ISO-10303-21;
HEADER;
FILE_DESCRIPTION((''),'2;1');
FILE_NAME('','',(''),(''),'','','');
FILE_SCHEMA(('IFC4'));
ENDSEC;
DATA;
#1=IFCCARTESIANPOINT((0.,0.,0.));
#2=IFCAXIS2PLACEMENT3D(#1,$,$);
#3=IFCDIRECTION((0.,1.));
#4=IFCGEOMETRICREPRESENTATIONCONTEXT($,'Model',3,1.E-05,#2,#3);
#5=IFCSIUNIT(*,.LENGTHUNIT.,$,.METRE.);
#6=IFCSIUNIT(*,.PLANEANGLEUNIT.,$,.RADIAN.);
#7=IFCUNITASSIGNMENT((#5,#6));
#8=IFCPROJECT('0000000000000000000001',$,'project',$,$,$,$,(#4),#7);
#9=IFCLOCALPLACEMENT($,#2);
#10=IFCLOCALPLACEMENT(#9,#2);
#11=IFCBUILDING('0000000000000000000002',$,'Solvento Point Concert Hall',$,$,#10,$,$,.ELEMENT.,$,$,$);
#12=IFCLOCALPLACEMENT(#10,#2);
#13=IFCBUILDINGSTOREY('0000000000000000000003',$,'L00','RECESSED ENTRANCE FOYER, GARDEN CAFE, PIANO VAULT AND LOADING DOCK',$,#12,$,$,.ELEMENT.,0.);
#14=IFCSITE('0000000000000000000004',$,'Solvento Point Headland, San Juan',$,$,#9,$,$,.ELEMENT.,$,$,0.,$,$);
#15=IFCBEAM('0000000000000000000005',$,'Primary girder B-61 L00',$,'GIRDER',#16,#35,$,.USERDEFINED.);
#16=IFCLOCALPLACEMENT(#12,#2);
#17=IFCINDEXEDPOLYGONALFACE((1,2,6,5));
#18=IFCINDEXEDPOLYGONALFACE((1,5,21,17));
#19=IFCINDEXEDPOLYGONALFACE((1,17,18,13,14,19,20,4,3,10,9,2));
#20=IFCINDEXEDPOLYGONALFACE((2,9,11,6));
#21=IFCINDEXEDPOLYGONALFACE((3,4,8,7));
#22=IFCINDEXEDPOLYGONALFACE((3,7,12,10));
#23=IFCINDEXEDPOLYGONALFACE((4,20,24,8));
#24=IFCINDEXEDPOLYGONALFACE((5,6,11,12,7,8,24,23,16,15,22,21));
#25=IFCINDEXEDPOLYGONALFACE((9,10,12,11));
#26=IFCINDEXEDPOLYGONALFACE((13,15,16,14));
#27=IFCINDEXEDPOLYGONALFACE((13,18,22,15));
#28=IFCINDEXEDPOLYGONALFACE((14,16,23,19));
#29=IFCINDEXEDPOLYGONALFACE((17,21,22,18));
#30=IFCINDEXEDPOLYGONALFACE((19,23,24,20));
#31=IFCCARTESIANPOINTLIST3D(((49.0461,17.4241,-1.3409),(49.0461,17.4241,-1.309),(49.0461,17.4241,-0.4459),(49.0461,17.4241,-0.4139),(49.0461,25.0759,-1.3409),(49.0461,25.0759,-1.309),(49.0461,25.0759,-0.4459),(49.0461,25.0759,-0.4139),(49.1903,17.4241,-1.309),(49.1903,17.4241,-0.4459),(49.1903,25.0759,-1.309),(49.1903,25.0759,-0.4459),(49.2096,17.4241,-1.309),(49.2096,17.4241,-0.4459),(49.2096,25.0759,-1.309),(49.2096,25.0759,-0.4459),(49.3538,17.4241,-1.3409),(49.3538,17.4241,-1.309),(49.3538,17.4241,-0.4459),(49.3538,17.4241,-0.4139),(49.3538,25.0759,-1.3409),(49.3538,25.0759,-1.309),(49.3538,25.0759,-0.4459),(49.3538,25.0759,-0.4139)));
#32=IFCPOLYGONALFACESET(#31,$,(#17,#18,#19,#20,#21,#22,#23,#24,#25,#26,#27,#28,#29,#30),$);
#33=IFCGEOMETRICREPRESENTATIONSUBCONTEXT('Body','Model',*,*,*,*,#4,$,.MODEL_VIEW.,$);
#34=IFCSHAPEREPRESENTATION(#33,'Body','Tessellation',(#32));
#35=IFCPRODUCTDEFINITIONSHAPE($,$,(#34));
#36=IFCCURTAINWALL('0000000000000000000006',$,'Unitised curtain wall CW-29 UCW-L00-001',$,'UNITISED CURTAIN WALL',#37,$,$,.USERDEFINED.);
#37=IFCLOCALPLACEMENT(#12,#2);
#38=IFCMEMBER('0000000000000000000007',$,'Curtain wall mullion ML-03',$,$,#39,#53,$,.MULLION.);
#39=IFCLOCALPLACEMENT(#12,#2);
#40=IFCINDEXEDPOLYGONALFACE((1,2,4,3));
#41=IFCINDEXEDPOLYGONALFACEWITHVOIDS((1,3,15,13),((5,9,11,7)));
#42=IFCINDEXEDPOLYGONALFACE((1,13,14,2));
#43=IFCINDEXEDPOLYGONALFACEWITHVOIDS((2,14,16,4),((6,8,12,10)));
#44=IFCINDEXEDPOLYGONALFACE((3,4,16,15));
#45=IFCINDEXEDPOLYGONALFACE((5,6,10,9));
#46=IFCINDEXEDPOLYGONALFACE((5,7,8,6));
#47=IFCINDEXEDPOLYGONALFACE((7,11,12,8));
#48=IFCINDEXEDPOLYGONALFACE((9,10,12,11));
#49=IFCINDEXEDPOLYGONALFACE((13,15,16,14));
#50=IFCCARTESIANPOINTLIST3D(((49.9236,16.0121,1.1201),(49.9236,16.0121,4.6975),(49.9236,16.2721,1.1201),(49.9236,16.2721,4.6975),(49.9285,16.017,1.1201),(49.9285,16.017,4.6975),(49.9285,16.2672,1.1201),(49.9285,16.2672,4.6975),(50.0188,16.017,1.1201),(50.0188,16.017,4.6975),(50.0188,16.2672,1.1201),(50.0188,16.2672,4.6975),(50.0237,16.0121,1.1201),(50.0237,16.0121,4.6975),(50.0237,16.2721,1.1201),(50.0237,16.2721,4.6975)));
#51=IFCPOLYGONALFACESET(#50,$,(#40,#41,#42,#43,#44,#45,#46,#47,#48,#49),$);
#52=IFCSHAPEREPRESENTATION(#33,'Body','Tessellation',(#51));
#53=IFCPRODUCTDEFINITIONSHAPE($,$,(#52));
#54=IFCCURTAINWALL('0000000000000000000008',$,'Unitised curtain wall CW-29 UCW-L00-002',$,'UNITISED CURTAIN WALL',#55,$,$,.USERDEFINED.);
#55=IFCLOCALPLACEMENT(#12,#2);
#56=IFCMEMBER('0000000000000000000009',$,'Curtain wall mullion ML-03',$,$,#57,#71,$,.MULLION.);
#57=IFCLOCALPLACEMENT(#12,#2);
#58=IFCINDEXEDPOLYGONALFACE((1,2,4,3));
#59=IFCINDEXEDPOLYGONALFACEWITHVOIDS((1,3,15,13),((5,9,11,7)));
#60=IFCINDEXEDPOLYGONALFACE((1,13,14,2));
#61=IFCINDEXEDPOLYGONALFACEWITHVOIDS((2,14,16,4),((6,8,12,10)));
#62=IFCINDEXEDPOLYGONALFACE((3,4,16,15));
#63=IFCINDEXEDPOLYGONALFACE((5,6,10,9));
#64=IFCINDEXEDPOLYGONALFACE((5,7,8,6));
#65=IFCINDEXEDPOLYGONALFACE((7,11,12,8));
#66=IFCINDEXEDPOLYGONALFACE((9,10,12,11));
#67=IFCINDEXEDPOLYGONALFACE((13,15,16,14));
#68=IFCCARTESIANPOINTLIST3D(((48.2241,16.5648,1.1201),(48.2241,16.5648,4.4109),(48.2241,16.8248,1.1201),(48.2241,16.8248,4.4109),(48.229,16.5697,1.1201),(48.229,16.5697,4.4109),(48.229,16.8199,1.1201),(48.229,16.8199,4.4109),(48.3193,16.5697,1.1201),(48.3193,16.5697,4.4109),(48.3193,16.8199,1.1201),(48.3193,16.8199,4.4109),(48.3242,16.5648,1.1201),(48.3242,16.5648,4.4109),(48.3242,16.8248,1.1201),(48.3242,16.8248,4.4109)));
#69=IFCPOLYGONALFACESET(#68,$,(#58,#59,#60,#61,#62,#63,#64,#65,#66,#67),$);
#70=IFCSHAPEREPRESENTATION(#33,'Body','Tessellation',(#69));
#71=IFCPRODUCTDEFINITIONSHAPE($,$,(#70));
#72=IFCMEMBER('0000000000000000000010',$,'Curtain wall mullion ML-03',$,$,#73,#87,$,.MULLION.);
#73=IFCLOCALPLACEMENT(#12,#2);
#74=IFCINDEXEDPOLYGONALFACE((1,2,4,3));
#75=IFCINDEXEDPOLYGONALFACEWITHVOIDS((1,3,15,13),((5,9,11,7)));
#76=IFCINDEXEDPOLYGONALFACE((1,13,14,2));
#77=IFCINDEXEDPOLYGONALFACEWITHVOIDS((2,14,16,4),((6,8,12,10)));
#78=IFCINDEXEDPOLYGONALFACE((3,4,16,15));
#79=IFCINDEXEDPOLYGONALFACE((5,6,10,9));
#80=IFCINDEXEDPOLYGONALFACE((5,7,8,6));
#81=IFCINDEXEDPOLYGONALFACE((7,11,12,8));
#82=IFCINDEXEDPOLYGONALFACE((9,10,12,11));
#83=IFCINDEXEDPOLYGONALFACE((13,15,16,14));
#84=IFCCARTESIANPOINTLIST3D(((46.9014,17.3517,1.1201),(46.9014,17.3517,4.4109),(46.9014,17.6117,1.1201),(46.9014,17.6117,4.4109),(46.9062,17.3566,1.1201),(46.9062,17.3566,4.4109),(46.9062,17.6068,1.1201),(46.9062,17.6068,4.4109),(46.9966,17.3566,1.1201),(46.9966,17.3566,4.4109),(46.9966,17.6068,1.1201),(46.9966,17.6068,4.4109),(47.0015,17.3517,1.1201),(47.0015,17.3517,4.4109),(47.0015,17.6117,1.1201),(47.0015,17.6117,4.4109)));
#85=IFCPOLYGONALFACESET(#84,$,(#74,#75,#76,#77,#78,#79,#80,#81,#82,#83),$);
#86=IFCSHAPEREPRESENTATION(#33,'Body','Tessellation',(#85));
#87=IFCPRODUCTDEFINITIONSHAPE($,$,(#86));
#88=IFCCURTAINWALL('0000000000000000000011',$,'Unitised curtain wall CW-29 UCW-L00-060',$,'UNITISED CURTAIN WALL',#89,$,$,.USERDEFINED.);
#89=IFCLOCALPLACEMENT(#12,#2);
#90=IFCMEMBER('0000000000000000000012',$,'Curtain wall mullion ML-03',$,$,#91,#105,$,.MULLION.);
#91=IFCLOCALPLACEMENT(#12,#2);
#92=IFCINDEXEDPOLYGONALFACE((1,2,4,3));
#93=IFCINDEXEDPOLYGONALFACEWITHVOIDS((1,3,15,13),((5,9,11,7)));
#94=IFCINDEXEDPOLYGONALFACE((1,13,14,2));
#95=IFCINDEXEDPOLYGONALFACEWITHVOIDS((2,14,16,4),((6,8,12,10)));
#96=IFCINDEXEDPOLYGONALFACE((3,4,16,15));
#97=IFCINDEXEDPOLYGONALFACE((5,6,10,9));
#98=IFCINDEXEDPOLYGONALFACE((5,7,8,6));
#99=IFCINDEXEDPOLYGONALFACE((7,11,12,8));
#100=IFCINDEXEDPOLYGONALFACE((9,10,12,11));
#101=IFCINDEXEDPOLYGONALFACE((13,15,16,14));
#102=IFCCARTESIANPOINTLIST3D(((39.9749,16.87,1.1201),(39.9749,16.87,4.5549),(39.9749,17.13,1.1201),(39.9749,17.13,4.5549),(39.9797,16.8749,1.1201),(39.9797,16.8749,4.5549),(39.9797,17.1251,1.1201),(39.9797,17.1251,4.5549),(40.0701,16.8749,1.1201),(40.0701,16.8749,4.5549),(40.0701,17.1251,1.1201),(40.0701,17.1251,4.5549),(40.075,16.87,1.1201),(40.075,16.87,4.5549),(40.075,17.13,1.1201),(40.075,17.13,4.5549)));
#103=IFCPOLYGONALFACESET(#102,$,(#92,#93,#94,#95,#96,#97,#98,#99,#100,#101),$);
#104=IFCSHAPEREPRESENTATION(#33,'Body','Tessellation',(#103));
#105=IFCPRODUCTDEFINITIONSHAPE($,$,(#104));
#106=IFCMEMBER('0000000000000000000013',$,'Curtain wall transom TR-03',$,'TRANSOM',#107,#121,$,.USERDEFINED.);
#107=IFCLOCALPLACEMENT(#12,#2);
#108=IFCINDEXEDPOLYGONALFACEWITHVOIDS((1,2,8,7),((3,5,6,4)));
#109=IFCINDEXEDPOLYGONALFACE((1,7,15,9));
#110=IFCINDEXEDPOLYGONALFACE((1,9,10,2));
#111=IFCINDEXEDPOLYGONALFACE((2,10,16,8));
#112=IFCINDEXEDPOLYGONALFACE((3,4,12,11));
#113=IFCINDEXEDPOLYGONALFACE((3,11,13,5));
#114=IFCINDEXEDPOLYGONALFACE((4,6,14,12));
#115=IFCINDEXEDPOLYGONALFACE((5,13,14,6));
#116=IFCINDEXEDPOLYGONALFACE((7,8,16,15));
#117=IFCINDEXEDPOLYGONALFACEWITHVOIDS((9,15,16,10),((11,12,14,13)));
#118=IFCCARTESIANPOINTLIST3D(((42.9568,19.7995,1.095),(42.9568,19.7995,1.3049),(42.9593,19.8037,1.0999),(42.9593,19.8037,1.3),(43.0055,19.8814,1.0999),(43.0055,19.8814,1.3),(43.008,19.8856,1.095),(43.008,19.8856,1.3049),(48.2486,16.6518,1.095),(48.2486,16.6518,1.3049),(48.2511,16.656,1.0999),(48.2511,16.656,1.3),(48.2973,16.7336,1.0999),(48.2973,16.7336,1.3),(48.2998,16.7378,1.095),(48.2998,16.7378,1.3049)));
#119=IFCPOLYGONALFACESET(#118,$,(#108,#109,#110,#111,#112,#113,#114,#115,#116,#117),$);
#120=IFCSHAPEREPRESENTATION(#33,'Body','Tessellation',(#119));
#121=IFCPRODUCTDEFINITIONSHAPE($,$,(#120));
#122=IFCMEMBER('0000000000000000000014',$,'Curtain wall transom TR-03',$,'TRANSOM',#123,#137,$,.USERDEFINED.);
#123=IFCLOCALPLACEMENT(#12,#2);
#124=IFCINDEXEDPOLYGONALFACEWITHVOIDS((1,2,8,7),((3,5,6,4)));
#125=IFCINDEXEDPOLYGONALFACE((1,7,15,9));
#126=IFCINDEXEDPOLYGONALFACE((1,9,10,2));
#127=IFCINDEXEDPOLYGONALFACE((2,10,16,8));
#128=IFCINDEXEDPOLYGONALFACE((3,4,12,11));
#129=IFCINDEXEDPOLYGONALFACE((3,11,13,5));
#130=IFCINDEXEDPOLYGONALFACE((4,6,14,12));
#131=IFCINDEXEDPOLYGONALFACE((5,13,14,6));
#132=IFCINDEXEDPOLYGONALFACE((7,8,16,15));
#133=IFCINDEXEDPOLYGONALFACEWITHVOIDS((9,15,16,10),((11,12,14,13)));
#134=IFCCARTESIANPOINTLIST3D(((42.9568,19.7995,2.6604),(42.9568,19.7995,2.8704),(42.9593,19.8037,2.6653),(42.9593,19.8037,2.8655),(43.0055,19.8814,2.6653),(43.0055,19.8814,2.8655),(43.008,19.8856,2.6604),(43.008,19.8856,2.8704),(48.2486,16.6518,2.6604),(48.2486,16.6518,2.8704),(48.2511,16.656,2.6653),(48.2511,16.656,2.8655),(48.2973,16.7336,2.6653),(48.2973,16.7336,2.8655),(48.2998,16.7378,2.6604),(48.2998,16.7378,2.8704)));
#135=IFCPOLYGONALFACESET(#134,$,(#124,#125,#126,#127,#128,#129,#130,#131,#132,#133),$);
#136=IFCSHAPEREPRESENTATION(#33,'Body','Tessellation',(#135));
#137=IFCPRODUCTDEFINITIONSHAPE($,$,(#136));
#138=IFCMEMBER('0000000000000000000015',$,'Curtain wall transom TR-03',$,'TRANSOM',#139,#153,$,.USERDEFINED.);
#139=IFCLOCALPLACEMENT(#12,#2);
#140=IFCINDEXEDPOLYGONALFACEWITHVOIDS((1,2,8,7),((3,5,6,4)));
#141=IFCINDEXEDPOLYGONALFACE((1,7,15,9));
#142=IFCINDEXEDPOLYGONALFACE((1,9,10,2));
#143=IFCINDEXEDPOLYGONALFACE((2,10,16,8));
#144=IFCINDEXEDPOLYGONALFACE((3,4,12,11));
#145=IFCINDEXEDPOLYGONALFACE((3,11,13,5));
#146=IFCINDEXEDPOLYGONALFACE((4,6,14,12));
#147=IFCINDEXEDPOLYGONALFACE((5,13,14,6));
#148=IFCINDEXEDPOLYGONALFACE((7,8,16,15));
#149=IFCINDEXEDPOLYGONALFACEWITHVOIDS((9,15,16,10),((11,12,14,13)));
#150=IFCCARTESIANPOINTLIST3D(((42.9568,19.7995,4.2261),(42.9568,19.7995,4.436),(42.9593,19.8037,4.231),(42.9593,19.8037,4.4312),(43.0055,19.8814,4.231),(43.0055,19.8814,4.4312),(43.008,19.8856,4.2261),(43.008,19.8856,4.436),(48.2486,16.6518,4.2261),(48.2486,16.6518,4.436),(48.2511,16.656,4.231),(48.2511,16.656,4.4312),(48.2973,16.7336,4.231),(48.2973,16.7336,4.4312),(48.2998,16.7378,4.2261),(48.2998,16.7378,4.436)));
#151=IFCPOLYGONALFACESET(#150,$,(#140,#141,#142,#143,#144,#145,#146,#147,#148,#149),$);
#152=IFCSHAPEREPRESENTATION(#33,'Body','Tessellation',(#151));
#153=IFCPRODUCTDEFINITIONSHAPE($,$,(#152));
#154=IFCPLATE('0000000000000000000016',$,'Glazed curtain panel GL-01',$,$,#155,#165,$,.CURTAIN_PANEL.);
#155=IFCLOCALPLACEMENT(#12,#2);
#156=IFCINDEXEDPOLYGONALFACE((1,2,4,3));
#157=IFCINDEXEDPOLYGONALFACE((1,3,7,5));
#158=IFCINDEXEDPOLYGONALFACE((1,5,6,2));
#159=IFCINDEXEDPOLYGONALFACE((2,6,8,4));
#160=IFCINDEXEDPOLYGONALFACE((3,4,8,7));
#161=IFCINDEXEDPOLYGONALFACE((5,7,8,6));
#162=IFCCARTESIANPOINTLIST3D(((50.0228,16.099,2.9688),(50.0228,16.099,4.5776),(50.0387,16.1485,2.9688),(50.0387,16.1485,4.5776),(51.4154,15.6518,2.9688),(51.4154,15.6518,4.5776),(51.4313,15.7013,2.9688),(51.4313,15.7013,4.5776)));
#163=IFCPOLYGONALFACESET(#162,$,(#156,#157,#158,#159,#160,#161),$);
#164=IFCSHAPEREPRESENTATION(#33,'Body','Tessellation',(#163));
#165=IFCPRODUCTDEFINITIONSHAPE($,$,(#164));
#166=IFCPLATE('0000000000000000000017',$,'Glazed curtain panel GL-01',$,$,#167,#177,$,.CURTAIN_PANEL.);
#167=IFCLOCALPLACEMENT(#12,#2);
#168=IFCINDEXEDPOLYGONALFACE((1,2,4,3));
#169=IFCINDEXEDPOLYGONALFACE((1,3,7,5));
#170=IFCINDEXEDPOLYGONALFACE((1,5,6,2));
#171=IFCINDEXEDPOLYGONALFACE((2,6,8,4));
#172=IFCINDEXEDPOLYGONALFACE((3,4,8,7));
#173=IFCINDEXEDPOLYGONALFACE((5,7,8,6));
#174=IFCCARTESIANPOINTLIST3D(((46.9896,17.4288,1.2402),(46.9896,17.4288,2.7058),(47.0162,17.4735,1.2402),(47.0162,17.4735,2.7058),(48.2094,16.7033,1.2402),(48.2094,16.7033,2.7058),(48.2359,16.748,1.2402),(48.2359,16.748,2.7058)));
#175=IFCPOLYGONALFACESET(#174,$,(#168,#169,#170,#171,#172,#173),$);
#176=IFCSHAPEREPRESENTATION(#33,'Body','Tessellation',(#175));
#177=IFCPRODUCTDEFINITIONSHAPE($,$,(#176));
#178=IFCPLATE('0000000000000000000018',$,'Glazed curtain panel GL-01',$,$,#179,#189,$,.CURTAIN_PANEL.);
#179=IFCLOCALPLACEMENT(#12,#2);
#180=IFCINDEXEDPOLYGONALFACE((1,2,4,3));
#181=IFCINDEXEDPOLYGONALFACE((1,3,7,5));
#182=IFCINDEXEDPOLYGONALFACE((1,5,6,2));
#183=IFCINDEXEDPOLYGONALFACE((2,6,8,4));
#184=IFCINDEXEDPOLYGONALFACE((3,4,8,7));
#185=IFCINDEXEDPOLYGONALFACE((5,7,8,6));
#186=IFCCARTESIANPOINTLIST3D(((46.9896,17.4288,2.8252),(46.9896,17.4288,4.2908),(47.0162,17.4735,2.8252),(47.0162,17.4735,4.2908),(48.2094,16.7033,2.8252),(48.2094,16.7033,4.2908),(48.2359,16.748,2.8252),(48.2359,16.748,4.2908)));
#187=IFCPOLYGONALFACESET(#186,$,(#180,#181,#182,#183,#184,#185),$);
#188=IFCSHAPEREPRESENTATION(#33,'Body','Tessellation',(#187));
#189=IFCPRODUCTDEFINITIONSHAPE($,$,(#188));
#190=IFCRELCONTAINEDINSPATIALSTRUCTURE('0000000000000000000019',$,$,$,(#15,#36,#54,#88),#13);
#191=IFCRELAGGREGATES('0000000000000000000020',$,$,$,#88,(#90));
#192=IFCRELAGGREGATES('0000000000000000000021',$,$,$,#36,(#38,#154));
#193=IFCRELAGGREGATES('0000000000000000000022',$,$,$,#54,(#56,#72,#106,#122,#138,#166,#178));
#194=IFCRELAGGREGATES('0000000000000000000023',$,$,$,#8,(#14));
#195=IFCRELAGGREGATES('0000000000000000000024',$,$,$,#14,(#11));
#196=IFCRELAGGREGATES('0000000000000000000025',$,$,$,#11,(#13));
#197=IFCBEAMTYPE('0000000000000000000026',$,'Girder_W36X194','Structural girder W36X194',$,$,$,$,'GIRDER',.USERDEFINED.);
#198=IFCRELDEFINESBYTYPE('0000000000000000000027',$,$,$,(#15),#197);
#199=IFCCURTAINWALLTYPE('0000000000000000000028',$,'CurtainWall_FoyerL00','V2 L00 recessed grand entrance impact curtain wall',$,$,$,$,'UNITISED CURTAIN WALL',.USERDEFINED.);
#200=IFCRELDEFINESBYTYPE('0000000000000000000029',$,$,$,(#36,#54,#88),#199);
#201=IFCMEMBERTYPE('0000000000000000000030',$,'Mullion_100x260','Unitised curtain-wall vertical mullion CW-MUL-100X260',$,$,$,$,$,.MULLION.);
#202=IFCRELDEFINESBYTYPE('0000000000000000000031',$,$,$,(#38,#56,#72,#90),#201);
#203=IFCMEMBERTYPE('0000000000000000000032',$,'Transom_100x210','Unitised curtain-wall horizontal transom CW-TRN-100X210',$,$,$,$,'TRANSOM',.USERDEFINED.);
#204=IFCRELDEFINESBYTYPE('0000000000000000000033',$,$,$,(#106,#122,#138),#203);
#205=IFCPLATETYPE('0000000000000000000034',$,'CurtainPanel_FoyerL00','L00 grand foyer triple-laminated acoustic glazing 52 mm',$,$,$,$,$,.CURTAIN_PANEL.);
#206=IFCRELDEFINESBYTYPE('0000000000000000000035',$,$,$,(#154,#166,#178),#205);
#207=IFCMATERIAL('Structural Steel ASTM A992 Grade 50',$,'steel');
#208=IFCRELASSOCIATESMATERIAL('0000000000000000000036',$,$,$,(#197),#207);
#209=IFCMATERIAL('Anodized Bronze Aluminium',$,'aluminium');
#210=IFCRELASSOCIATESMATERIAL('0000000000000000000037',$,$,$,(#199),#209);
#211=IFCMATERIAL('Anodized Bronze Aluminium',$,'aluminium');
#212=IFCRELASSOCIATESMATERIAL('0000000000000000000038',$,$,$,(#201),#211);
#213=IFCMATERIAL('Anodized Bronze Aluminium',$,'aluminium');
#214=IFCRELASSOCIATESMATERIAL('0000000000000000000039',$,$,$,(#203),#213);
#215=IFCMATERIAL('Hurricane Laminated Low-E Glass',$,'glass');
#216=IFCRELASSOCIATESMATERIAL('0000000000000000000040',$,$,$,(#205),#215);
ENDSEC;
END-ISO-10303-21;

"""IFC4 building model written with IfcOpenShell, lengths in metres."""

from ifc_helpers import new_model, si_unit, direction, frame, origin, origin_2d, place, context, subcontext, project, spatial, rectangle, hollow_rectangle, i_section, extrude, material, material_profile, profile_set, type_object, element, aggregate, save


model = new_model("IFC4")

# Units and contexts
model_context = context("Model", 3, precision=1e-05, world=origin(), true_north=direction((0.0, 1.0)))
body_context = subcontext(model_context, "Body", "Model", "MODEL_VIEW")
ifc_project = project(units=[si_unit("LENGTHUNIT", "METRE"), si_unit("PLANEANGLEUNIT", "RADIAN")], contexts=[model_context])

# Site, building, storey
site_placement = place(None, origin())
site = spatial("IfcSite", under=ifc_project, at=site_placement, Name="Solvento Point Headland, San Juan", CompositionType="ELEMENT", RefElevation=0.0)
building_placement = place(site_placement, origin())
building = spatial("IfcBuilding", under=site, at=building_placement, Name="Solvento Point Concert Hall", CompositionType="ELEMENT")
storey_placement = place(building_placement, origin())
storey = spatial("IfcBuildingStorey", under=building, at=storey_placement, Name="L00", Description="RECESSED ENTRANCE FOYER, GARDEN CAFE, PIANO VAULT AND LOADING DOCK", CompositionType="ELEMENT", Elevation=0.0)

# Beam
ifc_material_1 = material(Name="Structural Steel ASTM A992 Grade 50", Category="steel")
ifc_material_profile_1 = material_profile(ifc_material_1, i_section(OverallWidth=0.3076, OverallDepth=0.927, WebThickness=0.0193, FlangeThickness=0.032, at=origin_2d()), Name="W36X194")
ifc_profile_set_1 = profile_set([ifc_material_profile_1], Name="Structural Steel ASTM A992 Grade 50")
beam_type_1 = type_object("IfcBeamType", Name="Girder_W36X194", Description="Structural girder W36X194", ElementType="GIRDER", PredefinedType="USERDEFINED", material=ifc_profile_set_1)
beam_1_placement = place(storey_placement, frame((49.2, 17.4241, -0.8774), z_axis=(0.0, 1.0, 0.0), x_axis=(-1.0, 0.0, 0.0)))
element("IfcBeam", 1, at=beam_1_placement, inside=storey, type_object=beam_type_1, Name="Primary girder B-61 L00", ObjectType="GIRDER", PredefinedType="USERDEFINED", context=body_context, shape_type="SweptSolid", body=[
    extrude(i_section(OverallWidth=0.3076, OverallDepth=0.927, WebThickness=0.0193, FlangeThickness=0.032, at=origin_2d()), origin(), (0.0, 0.0, 1.0), 7.6519),
])

# Curtain wall, member
ifc_material_2 = material(Name="Anodized Bronze Aluminium", Category="aluminium")
curtain_wall_type = type_object("IfcCurtainWallType", Name="CurtainWall_FoyerL00", Description="V2 L00 recessed grand entrance impact curtain wall", ElementType="UNITISED CURTAIN WALL", PredefinedType="USERDEFINED", material=ifc_material_2)
curtain_wall_1_placement = place(storey_placement, origin())
curtain_wall_1 = element("IfcCurtainWall", 2, at=curtain_wall_1_placement, inside=storey, type_object=curtain_wall_type, Name="Unitised curtain wall CW-29 UCW-L00-001", ObjectType="UNITISED CURTAIN WALL", PredefinedType="USERDEFINED")
ifc_material_3 = material(Name="Anodized Bronze Aluminium", Category="aluminium")
ifc_material_profile_2 = material_profile(ifc_material_3, hollow_rectangle(XDim=0.1001, YDim=0.26, WallThickness=0.0049, at=origin_2d()), Name="CW-MUL-100X260")
ifc_profile_set_2 = profile_set([ifc_material_profile_2], Name="Anodized Bronze Aluminium")
member_type_1 = type_object("IfcMemberType", Name="Mullion_100x260", Description="Unitised curtain-wall vertical mullion CW-MUL-100X260", PredefinedType="MULLION", material=ifc_profile_set_2)
member_1_placement = place(storey_placement, frame((49.9736, 16.1421, 1.1201), z_axis=(0.0, 0.0, 1.0), x_axis=(1.0, 0.0, 0.0)))
member_1 = element("IfcMember", 3, at=member_1_placement, type_object=member_type_1, Name="Curtain wall mullion ML-03", PredefinedType="MULLION", context=body_context, shape_type="SweptSolid", body=[
    extrude(hollow_rectangle(XDim=0.1001, YDim=0.26, WallThickness=0.0049, at=origin_2d()), origin(), (0.0, 0.0, 1.0), 3.5774),
])

# Curtain wall, members
curtain_wall_2_placement = place(storey_placement, origin())
curtain_wall_2 = element("IfcCurtainWall", 4, at=curtain_wall_2_placement, inside=storey, type_object=curtain_wall_type, Name="Unitised curtain wall CW-29 UCW-L00-002", ObjectType="UNITISED CURTAIN WALL", PredefinedType="USERDEFINED")
member_2_placement = place(storey_placement, frame((48.2742, 16.6948, 1.1201), z_axis=(0.0, 0.0, 1.0), x_axis=(1.0, 0.0, 0.0)))
member_2 = element("IfcMember", 5, at=member_2_placement, type_object=member_type_1, Name="Curtain wall mullion ML-03", PredefinedType="MULLION", context=body_context, shape_type="SweptSolid", body=[
    extrude(hollow_rectangle(XDim=0.1001, YDim=0.26, WallThickness=0.0049, at=origin_2d()), origin(), (0.0, 0.0, 1.0), 3.2908),
])
member_3_placement = place(storey_placement, frame((46.9514, 17.4817, 1.1201), z_axis=(0.0, 0.0, 1.0), x_axis=(1.0, 0.0, 0.0)))
member_3 = element("IfcMember", 6, at=member_3_placement, type_object=member_type_1, Name="Curtain wall mullion ML-03", PredefinedType="MULLION", context=body_context, shape_type="SweptSolid", body=[
    extrude(hollow_rectangle(XDim=0.1001, YDim=0.26, WallThickness=0.0049, at=origin_2d()), origin(), (0.0, 0.0, 1.0), 3.2908),
])

# Curtain wall, member
curtain_wall_3_placement = place(storey_placement, origin())
curtain_wall_3 = element("IfcCurtainWall", 7, at=curtain_wall_3_placement, inside=storey, type_object=curtain_wall_type, Name="Unitised curtain wall CW-29 UCW-L00-060", ObjectType="UNITISED CURTAIN WALL", PredefinedType="USERDEFINED")
member_4_placement = place(storey_placement, frame((40.0249, 17.0, 1.1201), z_axis=(0.0, 0.0, 1.0), x_axis=(1.0, 0.0, 0.0)))
member_4 = element("IfcMember", 8, at=member_4_placement, type_object=member_type_1, Name="Curtain wall mullion ML-03", PredefinedType="MULLION", context=body_context, shape_type="SweptSolid", body=[
    extrude(hollow_rectangle(XDim=0.1001, YDim=0.26, WallThickness=0.0049, at=origin_2d()), origin(), (0.0, 0.0, 1.0), 3.4348),
])
aggregate(curtain_wall_3, [member_4])

# Members
ifc_material_4 = material(Name="Anodized Bronze Aluminium", Category="aluminium")
ifc_material_profile_3 = material_profile(ifc_material_4, hollow_rectangle(XDim=0.1001, YDim=0.21, WallThickness=0.0049, at=origin_2d()), Name="CW-TRN-100X210")
ifc_profile_set_3 = profile_set([ifc_material_profile_3], Name="Anodized Bronze Aluminium")
member_type_2 = type_object("IfcMemberType", Name="Transom_100x210", Description="Unitised curtain-wall horizontal transom CW-TRN-100X210", ElementType="TRANSOM", PredefinedType="USERDEFINED", material=ifc_profile_set_3)
member_5_placement = place(storey_placement, frame((48.2742, 16.6948, 1.2), z_axis=(-0.859446, 0.511227, 0.0), x_axis=(-0.511227, -0.859446, 0.0)))
member_5 = element("IfcMember", 9, at=member_5_placement, type_object=member_type_2, Name="Curtain wall transom TR-03", ObjectType="TRANSOM", PredefinedType="USERDEFINED", context=body_context, shape_type="SweptSolid", body=[
    extrude(hollow_rectangle(XDim=0.1001, YDim=0.21, WallThickness=0.0049, at=origin_2d()), origin(), (0.0, 0.0, 1.0), 6.1572),
])
member_6_placement = place(storey_placement, frame((48.2742, 16.6948, 2.7654), z_axis=(-0.859446, 0.511227, 0.0), x_axis=(-0.511227, -0.859446, 0.0)))
member_6 = element("IfcMember", 10, at=member_6_placement, type_object=member_type_2, Name="Curtain wall transom TR-03", ObjectType="TRANSOM", PredefinedType="USERDEFINED", context=body_context, shape_type="SweptSolid", body=[
    extrude(hollow_rectangle(XDim=0.1001, YDim=0.21, WallThickness=0.0049, at=origin_2d()), origin(), (0.0, 0.0, 1.0), 6.1572),
])
member_7_placement = place(storey_placement, frame((48.2742, 16.6948, 4.3311), z_axis=(-0.859446, 0.511227, 0.0), x_axis=(-0.511227, -0.859446, 0.0)))
member_7 = element("IfcMember", 11, at=member_7_placement, type_object=member_type_2, Name="Curtain wall transom TR-03", ObjectType="TRANSOM", PredefinedType="USERDEFINED", context=body_context, shape_type="SweptSolid", body=[
    extrude(hollow_rectangle(XDim=0.1001, YDim=0.21, WallThickness=0.0049, at=origin_2d()), origin(), (0.0, 0.0, 1.0), 6.1572),
])

# Plates
ifc_material_5 = material(Name="Hurricane Laminated Low-E Glass", Category="glass")
plate_type = type_object("IfcPlateType", Name="CurtainPanel_FoyerL00", Description="L00 grand foyer triple-laminated acoustic glazing 52 mm", PredefinedType="CURTAIN_PANEL", material=ifc_material_5)
plate_1_placement = place(storey_placement, frame((50.7271, 15.9001, 2.9688), z_axis=(0.0, 0.0, 1.0), x_axis=(-0.952122, 0.305719, 0.0)))
plate_1 = element("IfcPlate", 12, at=plate_1_placement, type_object=plate_type, Name="Glazed curtain panel GL-01", PredefinedType="CURTAIN_PANEL", context=body_context, shape_type="SweptSolid", body=[
    extrude(rectangle(XDim=1.4626, YDim=0.052, at=origin_2d()), origin(), (0.0, 0.0, 1.0), 1.6089),
])
aggregate(curtain_wall_1, [member_1, plate_1])
plate_2_placement = place(storey_placement, frame((47.6128, 17.0884, 1.2402), z_axis=(0.0, 0.0, 1.0), x_axis=(-0.859448, 0.511223, 0.0)))
plate_2 = element("IfcPlate", 13, at=plate_2_placement, type_object=plate_type, Name="Glazed curtain panel GL-01", PredefinedType="CURTAIN_PANEL", context=body_context, shape_type="SweptSolid", body=[
    extrude(rectangle(XDim=1.4192, YDim=0.052, at=origin_2d()), origin(), (0.0, 0.0, 1.0), 1.4656),
])
plate_3_placement = place(storey_placement, frame((47.6128, 17.0884, 2.8252), z_axis=(0.0, 0.0, 1.0), x_axis=(-0.859448, 0.511223, 0.0)))
plate_3 = element("IfcPlate", 14, at=plate_3_placement, type_object=plate_type, Name="Glazed curtain panel GL-01", PredefinedType="CURTAIN_PANEL", context=body_context, shape_type="SweptSolid", body=[
    extrude(rectangle(XDim=1.4192, YDim=0.052, at=origin_2d()), origin(), (0.0, 0.0, 1.0), 1.4656),
])
aggregate(curtain_wall_2, [member_2, member_3, member_5, member_6, member_7, plate_2, plate_3])

save(model, "model.ifc")
